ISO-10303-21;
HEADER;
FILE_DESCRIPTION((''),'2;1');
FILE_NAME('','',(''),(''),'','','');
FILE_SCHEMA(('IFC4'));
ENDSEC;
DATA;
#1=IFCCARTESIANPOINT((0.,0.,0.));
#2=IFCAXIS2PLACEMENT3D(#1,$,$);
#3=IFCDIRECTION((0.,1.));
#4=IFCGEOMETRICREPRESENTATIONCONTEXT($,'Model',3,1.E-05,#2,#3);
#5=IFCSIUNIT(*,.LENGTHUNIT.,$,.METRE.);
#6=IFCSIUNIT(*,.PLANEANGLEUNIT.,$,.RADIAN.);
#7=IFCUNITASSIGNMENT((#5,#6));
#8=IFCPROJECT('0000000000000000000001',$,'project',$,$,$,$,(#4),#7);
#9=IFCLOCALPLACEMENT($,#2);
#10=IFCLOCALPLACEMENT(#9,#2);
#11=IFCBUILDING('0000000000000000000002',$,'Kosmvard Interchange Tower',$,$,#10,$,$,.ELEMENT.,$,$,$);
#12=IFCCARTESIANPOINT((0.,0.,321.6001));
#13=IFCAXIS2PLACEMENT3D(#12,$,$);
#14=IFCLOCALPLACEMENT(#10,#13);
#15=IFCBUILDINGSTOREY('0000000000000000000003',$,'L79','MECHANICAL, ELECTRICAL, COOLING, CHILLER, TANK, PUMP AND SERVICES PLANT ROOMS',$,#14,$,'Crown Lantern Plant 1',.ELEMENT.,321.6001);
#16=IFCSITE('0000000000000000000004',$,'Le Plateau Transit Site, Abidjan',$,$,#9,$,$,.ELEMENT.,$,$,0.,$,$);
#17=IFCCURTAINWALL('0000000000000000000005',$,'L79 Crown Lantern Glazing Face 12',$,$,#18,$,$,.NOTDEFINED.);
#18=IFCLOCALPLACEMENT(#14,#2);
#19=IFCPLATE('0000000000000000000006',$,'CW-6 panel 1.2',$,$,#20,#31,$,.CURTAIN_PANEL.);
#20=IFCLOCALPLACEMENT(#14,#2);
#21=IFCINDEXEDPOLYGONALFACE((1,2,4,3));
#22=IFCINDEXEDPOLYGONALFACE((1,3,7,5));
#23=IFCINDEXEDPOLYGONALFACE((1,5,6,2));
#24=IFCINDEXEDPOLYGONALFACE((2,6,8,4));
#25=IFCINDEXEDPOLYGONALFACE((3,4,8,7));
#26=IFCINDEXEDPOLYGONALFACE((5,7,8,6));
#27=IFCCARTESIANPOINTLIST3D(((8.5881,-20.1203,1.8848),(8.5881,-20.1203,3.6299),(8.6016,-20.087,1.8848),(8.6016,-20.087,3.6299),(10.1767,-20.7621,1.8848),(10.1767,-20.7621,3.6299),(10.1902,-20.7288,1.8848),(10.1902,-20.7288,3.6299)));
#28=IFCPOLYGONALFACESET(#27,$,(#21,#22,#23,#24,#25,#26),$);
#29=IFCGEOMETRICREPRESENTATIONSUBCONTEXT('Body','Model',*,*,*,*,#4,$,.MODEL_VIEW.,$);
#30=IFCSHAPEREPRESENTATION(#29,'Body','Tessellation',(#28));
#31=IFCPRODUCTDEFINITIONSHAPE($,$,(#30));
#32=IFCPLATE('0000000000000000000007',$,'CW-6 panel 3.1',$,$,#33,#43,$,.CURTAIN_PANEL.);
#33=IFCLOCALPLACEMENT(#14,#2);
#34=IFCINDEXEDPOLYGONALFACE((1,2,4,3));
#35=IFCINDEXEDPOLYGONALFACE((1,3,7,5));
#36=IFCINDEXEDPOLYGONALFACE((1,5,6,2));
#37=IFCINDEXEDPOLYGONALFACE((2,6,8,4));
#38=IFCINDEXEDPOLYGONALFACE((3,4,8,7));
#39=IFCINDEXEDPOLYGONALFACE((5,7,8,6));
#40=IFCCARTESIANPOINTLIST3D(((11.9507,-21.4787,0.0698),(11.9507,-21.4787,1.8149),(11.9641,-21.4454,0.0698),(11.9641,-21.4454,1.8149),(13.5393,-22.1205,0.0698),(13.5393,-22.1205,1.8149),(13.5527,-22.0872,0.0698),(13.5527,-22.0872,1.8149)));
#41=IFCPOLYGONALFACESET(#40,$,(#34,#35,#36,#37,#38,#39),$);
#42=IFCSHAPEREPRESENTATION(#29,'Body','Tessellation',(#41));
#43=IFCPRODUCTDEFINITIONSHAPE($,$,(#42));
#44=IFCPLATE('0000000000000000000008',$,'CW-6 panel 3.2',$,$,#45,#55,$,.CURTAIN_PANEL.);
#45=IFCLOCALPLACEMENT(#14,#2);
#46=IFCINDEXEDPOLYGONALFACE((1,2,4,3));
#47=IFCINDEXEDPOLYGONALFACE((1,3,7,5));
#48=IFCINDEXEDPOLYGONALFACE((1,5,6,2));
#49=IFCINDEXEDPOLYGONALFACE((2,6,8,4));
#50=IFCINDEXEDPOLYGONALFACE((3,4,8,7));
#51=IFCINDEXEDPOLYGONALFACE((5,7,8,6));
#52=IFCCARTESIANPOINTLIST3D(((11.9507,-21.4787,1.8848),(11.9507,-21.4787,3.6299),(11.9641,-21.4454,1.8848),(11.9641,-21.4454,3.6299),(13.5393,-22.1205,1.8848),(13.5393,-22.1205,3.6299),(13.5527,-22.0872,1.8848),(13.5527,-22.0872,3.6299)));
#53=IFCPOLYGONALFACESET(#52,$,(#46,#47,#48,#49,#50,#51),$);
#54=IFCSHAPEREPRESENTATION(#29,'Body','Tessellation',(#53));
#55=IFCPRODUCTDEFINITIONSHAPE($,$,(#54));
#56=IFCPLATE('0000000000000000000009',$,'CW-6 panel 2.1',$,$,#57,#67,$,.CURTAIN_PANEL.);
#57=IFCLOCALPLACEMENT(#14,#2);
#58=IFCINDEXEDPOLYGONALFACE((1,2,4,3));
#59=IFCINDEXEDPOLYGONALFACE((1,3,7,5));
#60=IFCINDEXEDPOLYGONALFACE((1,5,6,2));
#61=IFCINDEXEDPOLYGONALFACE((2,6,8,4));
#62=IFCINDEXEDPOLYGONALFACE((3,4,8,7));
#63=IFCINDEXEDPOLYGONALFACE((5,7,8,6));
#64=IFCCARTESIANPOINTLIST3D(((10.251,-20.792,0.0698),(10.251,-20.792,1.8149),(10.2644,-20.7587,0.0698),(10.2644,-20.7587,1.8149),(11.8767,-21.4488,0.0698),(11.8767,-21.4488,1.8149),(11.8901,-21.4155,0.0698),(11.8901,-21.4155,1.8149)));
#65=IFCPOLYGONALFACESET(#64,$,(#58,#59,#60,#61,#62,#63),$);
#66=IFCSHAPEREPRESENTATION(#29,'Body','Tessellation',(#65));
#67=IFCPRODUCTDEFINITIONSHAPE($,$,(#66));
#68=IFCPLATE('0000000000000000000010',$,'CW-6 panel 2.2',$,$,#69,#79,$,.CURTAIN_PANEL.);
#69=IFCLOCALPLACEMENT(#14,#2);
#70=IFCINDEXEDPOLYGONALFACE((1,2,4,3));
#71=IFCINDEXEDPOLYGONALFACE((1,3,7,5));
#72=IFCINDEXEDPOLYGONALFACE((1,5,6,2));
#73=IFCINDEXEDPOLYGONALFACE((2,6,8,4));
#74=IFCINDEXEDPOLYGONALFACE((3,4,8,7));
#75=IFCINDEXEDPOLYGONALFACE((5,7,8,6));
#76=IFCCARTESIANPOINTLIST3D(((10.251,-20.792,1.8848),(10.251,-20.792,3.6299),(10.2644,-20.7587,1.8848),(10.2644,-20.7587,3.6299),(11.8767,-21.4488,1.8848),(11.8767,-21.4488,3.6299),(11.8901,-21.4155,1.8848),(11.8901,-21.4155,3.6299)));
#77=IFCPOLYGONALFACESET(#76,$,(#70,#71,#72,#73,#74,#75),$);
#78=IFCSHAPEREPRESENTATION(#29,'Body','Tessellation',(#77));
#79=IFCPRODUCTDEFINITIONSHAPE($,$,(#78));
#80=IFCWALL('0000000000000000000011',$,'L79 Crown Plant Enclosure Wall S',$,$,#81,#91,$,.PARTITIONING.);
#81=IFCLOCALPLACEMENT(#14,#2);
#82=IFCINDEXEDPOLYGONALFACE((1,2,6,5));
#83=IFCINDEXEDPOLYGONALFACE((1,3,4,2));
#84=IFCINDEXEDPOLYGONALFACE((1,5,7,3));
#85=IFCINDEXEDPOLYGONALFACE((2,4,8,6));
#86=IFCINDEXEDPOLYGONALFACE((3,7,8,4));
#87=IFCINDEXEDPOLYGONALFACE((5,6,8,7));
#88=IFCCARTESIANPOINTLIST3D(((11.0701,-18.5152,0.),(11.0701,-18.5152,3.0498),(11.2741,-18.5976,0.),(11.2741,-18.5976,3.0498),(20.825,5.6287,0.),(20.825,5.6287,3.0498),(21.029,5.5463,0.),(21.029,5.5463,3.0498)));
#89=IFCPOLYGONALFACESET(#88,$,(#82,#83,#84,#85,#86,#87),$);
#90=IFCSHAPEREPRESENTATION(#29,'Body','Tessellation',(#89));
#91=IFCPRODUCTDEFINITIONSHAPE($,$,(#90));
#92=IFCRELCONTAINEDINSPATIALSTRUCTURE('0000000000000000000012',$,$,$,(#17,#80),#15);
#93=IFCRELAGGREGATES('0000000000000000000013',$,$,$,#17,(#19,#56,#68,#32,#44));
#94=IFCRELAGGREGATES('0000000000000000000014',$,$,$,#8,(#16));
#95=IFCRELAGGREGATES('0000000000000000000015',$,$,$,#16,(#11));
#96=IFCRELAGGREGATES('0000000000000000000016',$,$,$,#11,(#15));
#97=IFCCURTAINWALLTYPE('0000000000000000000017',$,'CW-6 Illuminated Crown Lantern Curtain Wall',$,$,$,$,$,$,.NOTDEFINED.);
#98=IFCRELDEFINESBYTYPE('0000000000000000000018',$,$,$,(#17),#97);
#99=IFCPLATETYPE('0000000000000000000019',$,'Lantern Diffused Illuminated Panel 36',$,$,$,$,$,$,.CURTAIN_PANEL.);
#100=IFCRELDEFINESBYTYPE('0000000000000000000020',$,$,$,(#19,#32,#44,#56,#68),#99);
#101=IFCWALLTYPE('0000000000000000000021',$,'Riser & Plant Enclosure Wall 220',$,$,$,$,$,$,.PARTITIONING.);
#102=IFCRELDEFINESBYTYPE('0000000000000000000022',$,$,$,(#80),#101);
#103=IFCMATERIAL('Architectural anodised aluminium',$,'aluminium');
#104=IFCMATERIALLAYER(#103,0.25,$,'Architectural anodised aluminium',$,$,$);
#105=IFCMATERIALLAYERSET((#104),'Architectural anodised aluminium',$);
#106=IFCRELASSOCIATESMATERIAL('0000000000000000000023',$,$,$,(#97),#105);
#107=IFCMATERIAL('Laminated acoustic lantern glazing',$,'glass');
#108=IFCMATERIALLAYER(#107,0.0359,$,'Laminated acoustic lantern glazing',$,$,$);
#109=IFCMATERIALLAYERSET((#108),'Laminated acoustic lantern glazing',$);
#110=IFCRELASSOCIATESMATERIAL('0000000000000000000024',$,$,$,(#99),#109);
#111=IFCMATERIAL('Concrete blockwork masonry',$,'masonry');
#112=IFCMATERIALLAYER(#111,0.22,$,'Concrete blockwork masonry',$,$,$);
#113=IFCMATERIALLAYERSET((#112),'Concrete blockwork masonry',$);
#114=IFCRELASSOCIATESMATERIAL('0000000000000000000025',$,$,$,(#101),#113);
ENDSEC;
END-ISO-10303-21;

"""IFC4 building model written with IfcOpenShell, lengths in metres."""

from ifc_helpers import new_model, si_unit, direction, frame, frame_2d, origin, origin_2d, place, context, subcontext, project, spatial, rectangle, extrude, source, transform, mapped, material, layer, layer_set, type_object, element, aggregate, save


model = new_model("IFC4")

# Units and contexts
model_context = context("Model", 3, precision=1e-05, world=origin(), true_north=direction((0.0, 1.0)))
body_context = subcontext(model_context, "Body", "Model", "MODEL_VIEW")
ifc_project = project(units=[si_unit("LENGTHUNIT", "METRE"), si_unit("PLANEANGLEUNIT", "RADIAN")], contexts=[model_context])

# Site, building, storey
site_placement = place(None, origin())
site = spatial("IfcSite", under=ifc_project, at=site_placement, Name="Le Plateau Transit Site, Abidjan", CompositionType="ELEMENT", RefElevation=0.0)
building_placement = place(site_placement, origin())
building = spatial("IfcBuilding", under=site, at=building_placement, Name="Kosmvard Interchange Tower", CompositionType="ELEMENT")
storey_placement = place(building_placement, frame((0.0, 0.0, 321.6001)))
storey = spatial("IfcBuildingStorey", under=building, at=storey_placement, Name="L79", Description="MECHANICAL, ELECTRICAL, COOLING, CHILLER, TANK, PUMP AND SERVICES PLANT ROOMS", LongName="Crown Lantern Plant 1", CompositionType="ELEMENT", Elevation=321.6001)

# Curtain wall
ifc_material_1 = material(Name="Architectural anodised aluminium", Category="aluminium")
ifc_layer_1 = layer(ifc_material_1, 0.25, Name="Architectural anodised aluminium")
ifc_layer_set_1 = layer_set([ifc_layer_1], Name="Architectural anodised aluminium")
curtain_wall_type = type_object("IfcCurtainWallType", Name="CW-6 Illuminated Crown Lantern Curtain Wall", PredefinedType="NOTDEFINED", material=ifc_layer_set_1)
curtain_wall_placement = place(storey_placement, origin())
curtain_wall = element("IfcCurtainWall", 1, at=curtain_wall_placement, inside=storey, type_object=curtain_wall_type, Name="L79 Crown Lantern Glazing Face 12", PredefinedType="NOTDEFINED")

# Plates
ifc_material_2 = material(Name="Laminated acoustic lantern glazing", Category="glass")
ifc_layer_2 = layer(ifc_material_2, 0.0359, Name="Laminated acoustic lantern glazing")
ifc_layer_set_2 = layer_set([ifc_layer_2], Name="Laminated acoustic lantern glazing")
plate_type_1 = type_object("IfcPlateType", Name="Lantern Diffused Illuminated Panel 36", PredefinedType="CURTAIN_PANEL", material=ifc_layer_set_2)
shared_shape_1 = source(origin(), body_context, "Body", "SweptSolid", [
    extrude(rectangle(XDim=1.7134, YDim=0.0359, at=origin_2d()), origin(), (0.0, 0.0, 1.0), 1.7451),
])
plate_1_placement = place(storey_placement, frame((9.3892, -20.4246, 1.8848), z_axis=(0.0, 0.0, 1.0), x_axis=(0.927184, -0.374607, 0.0)))
plate_1 = element("IfcPlate", 2, at=plate_1_placement, type_object=plate_type_1, Name="CW-6 panel 1.2", PredefinedType="CURTAIN_PANEL", context=body_context, shape_type="MappedRepresentation", body=[
    mapped(shared_shape_1, transform((0.0, 0.0, 0.0), scale=1.0)),
])
plate_2_placement = place(storey_placement, frame((12.7517, -21.783, 0.0698), z_axis=(0.0, 0.0, 1.0), x_axis=(0.927184, -0.374607, 0.0)))
plate_2 = element("IfcPlate", 3, at=plate_2_placement, type_object=plate_type_1, Name="CW-6 panel 3.1", PredefinedType="CURTAIN_PANEL", context=body_context, shape_type="MappedRepresentation", body=[
    mapped(shared_shape_1, transform((0.0, 0.0, 0.0), scale=1.0)),
])
plate_3_placement = place(storey_placement, frame((12.7517, -21.783, 1.8848), z_axis=(0.0, 0.0, 1.0), x_axis=(0.927184, -0.374607, 0.0)))
plate_3 = element("IfcPlate", 4, at=plate_3_placement, type_object=plate_type_1, Name="CW-6 panel 3.2", PredefinedType="CURTAIN_PANEL", context=body_context, shape_type="MappedRepresentation", body=[
    mapped(shared_shape_1, transform((0.0, 0.0, 0.0), scale=1.0)),
])
shared_shape_2 = source(origin(), body_context, "Body", "SweptSolid", [
    extrude(rectangle(XDim=1.7534, YDim=0.0359, at=origin_2d()), origin(), (0.0, 0.0, 1.0), 1.7451),
])
plate_4_placement = place(storey_placement, frame((11.0706, -21.1038, 0.0698), z_axis=(0.0, 0.0, 1.0), x_axis=(0.927184, -0.374607, 0.0)))
plate_4 = element("IfcPlate", 5, at=plate_4_placement, type_object=plate_type_1, Name="CW-6 panel 2.1", PredefinedType="CURTAIN_PANEL", context=body_context, shape_type="MappedRepresentation", body=[
    mapped(shared_shape_2, transform((0.0, 0.0, 0.0), scale=1.0)),
])
plate_5_placement = place(storey_placement, frame((11.0706, -21.1038, 1.8848), z_axis=(0.0, 0.0, 1.0), x_axis=(0.927184, -0.374607, 0.0)))
plate_5 = element("IfcPlate", 6, at=plate_5_placement, type_object=plate_type_1, Name="CW-6 panel 2.2", PredefinedType="CURTAIN_PANEL", context=body_context, shape_type="MappedRepresentation", body=[
    mapped(shared_shape_2, transform((0.0, 0.0, 0.0), scale=1.0)),
])
aggregate(curtain_wall, [plate_1, plate_4, plate_5, plate_2, plate_3])

# Wall
ifc_material_3 = material(Name="Concrete blockwork masonry", Category="masonry")
ifc_layer_3 = layer(ifc_material_3, 0.22, Name="Concrete blockwork masonry")
ifc_layer_set_3 = layer_set([ifc_layer_3], Name="Concrete blockwork masonry")
wall_type = type_object("IfcWallType", Name="Riser & Plant Enclosure Wall 220", PredefinedType="PARTITIONING", material=ifc_layer_set_3)
wall_placement = place(storey_placement, frame((11.1721, -18.5564, 0.0), z_axis=(0.0, 0.0, 1.0), x_axis=(0.374612, 0.927182, 0.0)))
element("IfcWall", 7, at=wall_placement, inside=storey, type_object=wall_type, Name="L79 Crown Plant Enclosure Wall S", PredefinedType="PARTITIONING", context=body_context, shape_type="SweptSolid", body=[
    extrude(rectangle(XDim=26.04, YDim=0.22, at=frame_2d((13.02, 0.0))), origin(), (0.0, 0.0, 1.0), 3.0498),
])

save(model, "model.ifc")
